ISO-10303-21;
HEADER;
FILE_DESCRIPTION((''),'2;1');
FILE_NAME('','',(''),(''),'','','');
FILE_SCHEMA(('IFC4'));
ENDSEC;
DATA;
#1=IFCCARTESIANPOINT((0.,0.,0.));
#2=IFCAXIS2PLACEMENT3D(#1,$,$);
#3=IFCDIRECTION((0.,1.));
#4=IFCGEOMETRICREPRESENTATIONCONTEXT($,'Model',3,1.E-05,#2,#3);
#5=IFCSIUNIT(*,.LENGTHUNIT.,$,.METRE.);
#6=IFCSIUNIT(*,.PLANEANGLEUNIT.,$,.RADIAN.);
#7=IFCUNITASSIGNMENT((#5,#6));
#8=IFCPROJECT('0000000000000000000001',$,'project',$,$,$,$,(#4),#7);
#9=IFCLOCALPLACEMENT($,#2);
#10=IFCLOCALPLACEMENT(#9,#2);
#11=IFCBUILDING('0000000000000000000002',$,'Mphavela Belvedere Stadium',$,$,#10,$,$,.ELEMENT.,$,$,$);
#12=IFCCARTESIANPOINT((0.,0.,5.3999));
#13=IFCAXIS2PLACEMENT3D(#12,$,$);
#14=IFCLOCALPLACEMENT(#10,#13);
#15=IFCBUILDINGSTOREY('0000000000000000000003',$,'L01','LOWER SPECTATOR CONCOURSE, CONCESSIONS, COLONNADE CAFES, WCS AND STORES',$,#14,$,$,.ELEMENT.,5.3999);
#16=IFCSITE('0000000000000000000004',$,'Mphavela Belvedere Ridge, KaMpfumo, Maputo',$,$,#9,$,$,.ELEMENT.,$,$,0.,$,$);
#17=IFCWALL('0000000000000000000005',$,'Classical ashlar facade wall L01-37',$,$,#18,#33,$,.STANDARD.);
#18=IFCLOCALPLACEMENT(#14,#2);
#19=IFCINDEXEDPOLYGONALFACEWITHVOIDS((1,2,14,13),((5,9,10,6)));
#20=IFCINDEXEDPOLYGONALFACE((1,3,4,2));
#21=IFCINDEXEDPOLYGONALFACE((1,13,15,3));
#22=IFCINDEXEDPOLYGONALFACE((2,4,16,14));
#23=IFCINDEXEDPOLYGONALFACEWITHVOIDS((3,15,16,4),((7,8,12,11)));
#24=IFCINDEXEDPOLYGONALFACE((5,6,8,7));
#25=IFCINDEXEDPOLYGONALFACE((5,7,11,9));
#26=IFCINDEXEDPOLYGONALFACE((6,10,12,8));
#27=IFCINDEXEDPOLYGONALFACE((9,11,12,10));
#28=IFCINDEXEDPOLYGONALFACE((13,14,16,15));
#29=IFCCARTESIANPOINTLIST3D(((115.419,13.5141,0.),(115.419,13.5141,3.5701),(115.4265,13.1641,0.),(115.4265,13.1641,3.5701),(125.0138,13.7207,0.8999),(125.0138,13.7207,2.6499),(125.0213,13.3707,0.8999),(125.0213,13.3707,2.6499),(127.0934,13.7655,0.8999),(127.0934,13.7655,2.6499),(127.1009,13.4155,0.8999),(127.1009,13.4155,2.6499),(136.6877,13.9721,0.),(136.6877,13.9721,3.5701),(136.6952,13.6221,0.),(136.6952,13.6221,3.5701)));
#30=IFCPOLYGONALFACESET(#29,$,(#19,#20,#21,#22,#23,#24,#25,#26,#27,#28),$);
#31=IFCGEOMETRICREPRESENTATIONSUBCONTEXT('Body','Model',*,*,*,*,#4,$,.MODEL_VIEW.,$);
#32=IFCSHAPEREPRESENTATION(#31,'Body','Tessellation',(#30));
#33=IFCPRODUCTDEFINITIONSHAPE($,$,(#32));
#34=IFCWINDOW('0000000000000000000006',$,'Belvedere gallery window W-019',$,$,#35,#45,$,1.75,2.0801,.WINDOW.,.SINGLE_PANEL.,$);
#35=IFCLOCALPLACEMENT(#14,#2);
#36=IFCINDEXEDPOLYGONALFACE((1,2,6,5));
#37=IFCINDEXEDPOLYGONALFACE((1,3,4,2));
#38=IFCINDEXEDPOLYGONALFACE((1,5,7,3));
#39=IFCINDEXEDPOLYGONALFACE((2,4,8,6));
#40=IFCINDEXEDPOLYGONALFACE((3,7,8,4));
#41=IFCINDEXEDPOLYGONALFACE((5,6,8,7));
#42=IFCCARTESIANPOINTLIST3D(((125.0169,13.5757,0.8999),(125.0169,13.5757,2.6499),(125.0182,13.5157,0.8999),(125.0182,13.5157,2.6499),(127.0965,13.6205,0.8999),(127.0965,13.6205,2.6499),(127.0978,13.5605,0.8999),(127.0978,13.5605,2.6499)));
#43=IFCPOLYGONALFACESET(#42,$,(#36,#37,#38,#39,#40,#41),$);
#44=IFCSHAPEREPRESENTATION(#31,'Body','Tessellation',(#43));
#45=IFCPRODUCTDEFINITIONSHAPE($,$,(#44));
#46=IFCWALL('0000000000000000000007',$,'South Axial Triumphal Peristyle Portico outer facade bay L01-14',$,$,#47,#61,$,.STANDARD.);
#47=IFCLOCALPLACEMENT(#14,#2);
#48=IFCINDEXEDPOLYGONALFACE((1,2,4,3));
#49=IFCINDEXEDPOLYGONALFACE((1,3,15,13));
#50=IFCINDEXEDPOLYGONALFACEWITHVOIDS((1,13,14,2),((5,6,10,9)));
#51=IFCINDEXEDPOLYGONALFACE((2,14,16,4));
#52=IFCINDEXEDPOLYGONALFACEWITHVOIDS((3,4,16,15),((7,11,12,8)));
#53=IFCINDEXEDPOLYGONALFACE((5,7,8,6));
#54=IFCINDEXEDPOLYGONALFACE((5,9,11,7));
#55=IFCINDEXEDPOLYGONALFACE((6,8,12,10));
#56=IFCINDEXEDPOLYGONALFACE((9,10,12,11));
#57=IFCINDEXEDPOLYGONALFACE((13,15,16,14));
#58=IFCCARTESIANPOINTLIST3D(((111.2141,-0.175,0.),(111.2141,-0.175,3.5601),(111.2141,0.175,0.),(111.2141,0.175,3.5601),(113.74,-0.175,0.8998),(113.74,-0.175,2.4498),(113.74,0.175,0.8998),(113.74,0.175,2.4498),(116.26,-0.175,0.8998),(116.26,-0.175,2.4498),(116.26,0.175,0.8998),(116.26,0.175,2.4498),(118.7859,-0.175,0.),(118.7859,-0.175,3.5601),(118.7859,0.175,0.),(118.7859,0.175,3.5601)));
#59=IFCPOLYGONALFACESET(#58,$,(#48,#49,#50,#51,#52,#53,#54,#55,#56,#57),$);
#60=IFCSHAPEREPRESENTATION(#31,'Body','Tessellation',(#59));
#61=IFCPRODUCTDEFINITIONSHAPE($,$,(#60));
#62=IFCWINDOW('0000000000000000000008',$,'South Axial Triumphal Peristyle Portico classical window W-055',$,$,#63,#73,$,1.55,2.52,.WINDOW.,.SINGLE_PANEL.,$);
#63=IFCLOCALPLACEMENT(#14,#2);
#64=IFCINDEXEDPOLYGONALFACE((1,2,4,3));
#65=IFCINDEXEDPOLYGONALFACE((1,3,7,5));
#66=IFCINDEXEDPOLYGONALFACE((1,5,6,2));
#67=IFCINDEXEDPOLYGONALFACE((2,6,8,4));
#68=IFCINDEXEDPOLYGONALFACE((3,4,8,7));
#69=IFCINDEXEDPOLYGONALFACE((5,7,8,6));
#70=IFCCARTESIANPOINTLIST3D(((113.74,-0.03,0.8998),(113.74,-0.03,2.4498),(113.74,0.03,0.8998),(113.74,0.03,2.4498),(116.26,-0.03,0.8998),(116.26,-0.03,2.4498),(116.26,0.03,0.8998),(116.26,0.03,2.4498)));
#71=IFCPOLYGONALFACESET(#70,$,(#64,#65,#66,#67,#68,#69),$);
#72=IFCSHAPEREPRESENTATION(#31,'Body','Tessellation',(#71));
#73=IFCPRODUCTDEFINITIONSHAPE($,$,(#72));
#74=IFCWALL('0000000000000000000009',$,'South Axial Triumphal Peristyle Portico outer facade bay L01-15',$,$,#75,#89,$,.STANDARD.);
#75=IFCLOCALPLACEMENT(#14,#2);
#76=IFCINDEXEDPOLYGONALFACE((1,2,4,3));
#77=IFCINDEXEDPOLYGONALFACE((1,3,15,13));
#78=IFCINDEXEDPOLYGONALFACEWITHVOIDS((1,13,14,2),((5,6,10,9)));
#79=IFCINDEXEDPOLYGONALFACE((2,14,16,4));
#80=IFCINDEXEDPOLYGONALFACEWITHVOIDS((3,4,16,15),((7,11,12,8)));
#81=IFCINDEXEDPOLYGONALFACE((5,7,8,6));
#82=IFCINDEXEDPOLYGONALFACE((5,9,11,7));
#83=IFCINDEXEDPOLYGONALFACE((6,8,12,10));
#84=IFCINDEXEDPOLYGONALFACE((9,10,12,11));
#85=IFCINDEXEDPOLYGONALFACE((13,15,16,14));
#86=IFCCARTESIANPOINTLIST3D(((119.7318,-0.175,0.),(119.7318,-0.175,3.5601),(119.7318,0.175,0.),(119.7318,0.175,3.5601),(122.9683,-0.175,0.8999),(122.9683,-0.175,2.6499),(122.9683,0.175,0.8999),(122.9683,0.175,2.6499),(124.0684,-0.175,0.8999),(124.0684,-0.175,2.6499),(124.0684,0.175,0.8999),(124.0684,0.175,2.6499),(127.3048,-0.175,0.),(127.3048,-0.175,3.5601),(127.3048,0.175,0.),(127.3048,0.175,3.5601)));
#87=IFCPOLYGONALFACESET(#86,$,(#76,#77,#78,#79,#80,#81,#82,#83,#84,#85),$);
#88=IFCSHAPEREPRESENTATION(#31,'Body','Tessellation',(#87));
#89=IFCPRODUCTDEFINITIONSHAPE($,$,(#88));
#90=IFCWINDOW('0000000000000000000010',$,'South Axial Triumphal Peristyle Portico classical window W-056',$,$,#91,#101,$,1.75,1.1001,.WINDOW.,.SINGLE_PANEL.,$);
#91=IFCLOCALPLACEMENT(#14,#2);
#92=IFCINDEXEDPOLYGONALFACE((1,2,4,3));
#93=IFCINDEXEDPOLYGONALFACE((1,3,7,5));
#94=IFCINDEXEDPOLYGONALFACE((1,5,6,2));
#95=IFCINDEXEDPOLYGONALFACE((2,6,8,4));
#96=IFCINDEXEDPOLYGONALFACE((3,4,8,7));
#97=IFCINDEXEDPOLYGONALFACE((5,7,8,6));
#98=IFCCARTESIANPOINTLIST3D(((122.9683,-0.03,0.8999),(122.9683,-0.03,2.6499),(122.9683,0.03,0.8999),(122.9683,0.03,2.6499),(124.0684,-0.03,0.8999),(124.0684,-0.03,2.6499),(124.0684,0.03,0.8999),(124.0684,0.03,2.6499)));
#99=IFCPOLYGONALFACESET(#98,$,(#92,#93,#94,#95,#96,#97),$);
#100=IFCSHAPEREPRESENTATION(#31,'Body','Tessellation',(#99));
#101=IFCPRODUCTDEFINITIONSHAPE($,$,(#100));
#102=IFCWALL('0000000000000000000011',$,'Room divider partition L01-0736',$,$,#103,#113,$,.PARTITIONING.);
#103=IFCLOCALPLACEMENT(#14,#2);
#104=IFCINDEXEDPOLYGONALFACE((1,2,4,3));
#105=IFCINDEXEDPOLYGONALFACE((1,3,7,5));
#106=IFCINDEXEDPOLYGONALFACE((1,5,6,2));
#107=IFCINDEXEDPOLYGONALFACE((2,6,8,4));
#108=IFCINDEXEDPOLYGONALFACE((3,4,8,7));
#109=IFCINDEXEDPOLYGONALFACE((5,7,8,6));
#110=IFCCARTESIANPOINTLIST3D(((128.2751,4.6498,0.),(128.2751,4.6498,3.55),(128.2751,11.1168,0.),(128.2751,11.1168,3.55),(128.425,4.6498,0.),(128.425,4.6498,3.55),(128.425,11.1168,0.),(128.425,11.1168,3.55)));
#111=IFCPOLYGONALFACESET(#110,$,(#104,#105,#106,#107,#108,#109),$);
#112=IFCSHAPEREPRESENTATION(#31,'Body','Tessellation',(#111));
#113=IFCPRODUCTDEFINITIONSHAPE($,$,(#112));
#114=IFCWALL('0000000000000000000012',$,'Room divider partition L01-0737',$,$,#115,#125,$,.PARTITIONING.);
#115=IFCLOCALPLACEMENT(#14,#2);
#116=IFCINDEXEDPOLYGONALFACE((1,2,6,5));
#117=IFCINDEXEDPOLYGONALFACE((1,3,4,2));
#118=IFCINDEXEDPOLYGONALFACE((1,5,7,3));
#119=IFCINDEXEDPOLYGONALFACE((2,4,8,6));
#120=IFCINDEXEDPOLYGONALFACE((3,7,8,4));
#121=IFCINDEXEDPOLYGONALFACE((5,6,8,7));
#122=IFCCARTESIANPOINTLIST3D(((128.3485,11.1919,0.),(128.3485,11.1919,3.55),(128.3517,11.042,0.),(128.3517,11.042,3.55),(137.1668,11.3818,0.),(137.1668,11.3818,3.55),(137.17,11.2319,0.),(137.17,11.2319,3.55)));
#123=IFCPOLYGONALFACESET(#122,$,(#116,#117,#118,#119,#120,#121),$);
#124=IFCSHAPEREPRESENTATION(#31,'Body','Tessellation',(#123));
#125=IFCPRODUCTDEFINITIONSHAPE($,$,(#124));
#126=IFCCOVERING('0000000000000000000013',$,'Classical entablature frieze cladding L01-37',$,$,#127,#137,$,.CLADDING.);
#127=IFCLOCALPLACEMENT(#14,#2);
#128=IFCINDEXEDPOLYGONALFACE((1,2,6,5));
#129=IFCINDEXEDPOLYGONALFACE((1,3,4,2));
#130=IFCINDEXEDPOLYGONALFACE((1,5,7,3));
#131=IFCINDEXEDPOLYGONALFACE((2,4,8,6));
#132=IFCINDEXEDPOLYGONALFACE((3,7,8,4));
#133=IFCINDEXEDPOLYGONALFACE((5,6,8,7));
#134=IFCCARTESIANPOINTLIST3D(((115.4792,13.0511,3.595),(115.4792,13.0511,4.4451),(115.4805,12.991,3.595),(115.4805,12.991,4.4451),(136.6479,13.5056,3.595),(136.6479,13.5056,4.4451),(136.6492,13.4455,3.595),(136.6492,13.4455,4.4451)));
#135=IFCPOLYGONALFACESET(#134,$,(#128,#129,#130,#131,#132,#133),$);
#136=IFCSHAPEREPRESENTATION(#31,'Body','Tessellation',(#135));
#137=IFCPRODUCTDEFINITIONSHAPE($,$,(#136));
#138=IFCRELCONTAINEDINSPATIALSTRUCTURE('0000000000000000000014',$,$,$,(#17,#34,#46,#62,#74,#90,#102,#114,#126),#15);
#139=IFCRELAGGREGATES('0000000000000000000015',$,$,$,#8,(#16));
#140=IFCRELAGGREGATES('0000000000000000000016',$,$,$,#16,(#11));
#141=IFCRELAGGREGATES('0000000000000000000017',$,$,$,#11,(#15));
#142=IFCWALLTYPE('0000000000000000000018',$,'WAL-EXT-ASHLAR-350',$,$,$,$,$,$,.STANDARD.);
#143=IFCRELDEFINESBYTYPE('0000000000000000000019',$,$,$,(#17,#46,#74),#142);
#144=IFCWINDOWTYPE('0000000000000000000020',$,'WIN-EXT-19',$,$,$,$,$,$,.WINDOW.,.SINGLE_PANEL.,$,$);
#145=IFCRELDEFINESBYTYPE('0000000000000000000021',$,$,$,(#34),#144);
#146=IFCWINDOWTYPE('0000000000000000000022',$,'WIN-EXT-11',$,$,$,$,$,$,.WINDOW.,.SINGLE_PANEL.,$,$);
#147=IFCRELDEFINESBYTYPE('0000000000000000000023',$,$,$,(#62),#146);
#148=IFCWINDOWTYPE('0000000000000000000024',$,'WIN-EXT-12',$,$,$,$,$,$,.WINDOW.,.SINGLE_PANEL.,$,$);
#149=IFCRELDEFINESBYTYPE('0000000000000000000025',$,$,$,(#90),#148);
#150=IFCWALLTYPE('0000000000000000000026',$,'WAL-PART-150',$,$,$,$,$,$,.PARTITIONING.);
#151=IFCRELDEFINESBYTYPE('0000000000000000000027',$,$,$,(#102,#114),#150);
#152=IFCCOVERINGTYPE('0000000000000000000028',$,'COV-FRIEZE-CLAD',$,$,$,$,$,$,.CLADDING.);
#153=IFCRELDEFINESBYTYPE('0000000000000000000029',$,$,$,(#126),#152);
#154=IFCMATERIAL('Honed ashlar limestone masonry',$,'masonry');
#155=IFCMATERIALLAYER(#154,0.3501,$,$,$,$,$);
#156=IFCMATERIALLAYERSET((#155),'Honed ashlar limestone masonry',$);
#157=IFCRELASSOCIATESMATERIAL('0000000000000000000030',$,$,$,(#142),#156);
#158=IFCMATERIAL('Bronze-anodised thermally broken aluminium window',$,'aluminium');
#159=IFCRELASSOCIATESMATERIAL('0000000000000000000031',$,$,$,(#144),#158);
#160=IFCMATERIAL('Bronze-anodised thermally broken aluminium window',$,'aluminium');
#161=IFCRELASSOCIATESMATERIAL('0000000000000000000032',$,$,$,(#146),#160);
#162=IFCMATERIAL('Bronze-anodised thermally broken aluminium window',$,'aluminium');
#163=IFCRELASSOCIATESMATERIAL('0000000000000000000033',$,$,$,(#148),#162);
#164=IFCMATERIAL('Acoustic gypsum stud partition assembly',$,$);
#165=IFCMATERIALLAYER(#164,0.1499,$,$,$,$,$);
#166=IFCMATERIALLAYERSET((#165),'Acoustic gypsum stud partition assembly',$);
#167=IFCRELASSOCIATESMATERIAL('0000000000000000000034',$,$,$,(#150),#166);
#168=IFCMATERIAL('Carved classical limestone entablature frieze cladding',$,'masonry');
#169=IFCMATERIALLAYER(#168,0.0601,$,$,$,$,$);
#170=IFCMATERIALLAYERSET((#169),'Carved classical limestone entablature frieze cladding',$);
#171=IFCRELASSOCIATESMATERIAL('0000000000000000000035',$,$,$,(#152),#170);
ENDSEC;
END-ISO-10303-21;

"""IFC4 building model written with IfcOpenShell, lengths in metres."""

from ifc_helpers import new_model, si_unit, direction, frame, frame_2d, origin, origin_2d, place, context, subcontext, project, spatial, rectangle, extrude, material, layer, layer_set, type_object, element, fill, save


model = new_model("IFC4")

# Units and contexts
model_context = context("Model", 3, precision=1e-05, world=origin(), true_north=direction((0.0, 1.0)))
body_context = subcontext(model_context, "Body", "Model", "MODEL_VIEW")
ifc_project = project(units=[si_unit("LENGTHUNIT", "METRE"), si_unit("PLANEANGLEUNIT", "RADIAN")], contexts=[model_context])

# Site, building, storey
site_placement = place(None, origin())
site = spatial("IfcSite", under=ifc_project, at=site_placement, Name="Mphavela Belvedere Ridge, KaMpfumo, Maputo", CompositionType="ELEMENT", RefElevation=0.0)
building_placement = place(site_placement, origin())
building = spatial("IfcBuilding", under=site, at=building_placement, Name="Mphavela Belvedere Stadium", CompositionType="ELEMENT")
storey_placement = place(building_placement, frame((0.0, 0.0, 5.3999)))
storey = spatial("IfcBuildingStorey", under=building, at=storey_placement, Name="L01", Description="LOWER SPECTATOR CONCOURSE, CONCESSIONS, COLONNADE CAFES, WCS AND STORES", CompositionType="ELEMENT", Elevation=5.3999)

# Walls, openings, windows
ifc_material_1 = material(Name="Honed ashlar limestone masonry", Category="masonry")
ifc_layer_1 = layer(ifc_material_1, 0.3501)
ifc_layer_set_1 = layer_set([ifc_layer_1], Name="Honed ashlar limestone masonry")
wall_type_1 = type_object("IfcWallType", Name="WAL-EXT-ASHLAR-350", PredefinedType="STANDARD", material=ifc_layer_set_1)
wall_1_placement = place(storey_placement, frame((115.4229, 13.3391, 0.0), z_axis=(0.0, 0.0, 1.0), x_axis=(0.999768, 0.021529, 0.0)))
wall_1 = element("IfcWall", 1, at=wall_1_placement, inside=storey, type_object=wall_type_1, Name="Classical ashlar facade wall L01-37", PredefinedType="STANDARD", context=body_context, shape_type="SweptSolid", body=[
    extrude(rectangle(XDim=21.2737, YDim=0.3501, at=frame_2d((10.6367, 0.0))), origin(), (0.0, 0.0, 1.0), 3.5701),
])
opening_1_placement = place(wall_1_placement, frame((9.5969, 0.0, 0.8999)))
opening_1 = element("IfcOpeningElement", 2, at=opening_1_placement, cuts=wall_1, PredefinedType="OPENING", context=body_context, shape_type="SweptSolid", body=[
    extrude(rectangle(XDim=2.0801, YDim=1.75, at=frame_2d((1.04, 0.875))), frame((0.0, 0.1851, 0.0), z_axis=(0.0, -1.0, 0.0), x_axis=(1.0, 0.0, 0.0)), (0.0, 0.0, 1.0), 0.3701),
])
ifc_material_2 = material(Name="Bronze-anodised thermally broken aluminium window", Category="aluminium")
window_type_1 = type_object("IfcWindowType", Name="WIN-EXT-19", PartitioningType="SINGLE_PANEL", PredefinedType="WINDOW", material=ifc_material_2)
window_1_placement = place(opening_1_placement, origin())
window_1 = element("IfcWindow", 3, at=window_1_placement, inside=storey, type_object=window_type_1, Name="Belvedere gallery window W-019", OverallHeight=1.75, OverallWidth=2.0801, PartitioningType="SINGLE_PANEL", PredefinedType="WINDOW", context=body_context, shape_type="SweptSolid", body=[
    extrude(rectangle(XDim=2.0801, YDim=1.75, at=frame_2d((1.04, 0.875))), frame((0.0, 0.03, 0.0), z_axis=(0.0, -1.0, 0.0), x_axis=(1.0, 0.0, 0.0)), (0.0, 0.0, 1.0), 0.0601),
])
fill(opening_1, window_1)
wall_2_placement = place(storey_placement, frame((118.7859, 0.0, 0.0), z_axis=(0.0, 0.0, 1.0), x_axis=(-1.0, 0.0, 0.0)))
wall_2 = element("IfcWall", 4, at=wall_2_placement, inside=storey, type_object=wall_type_1, Name="South Axial Triumphal Peristyle Portico outer facade bay L01-14", PredefinedType="STANDARD", context=body_context, shape_type="SweptSolid", body=[
    extrude(rectangle(XDim=7.5718, YDim=0.3501, at=frame_2d((3.7859, 0.0))), origin(), (0.0, 0.0, 1.0), 3.5601),
])
opening_2_placement = place(wall_2_placement, frame((2.5259, 0.0, 0.8999)))
opening_2 = element("IfcOpeningElement", 5, at=opening_2_placement, cuts=wall_2, PredefinedType="OPENING", context=body_context, shape_type="SweptSolid", body=[
    extrude(rectangle(XDim=2.52, YDim=1.55, at=frame_2d((1.26, 0.7749))), frame((0.0, 0.1851, 0.0), z_axis=(0.0, -1.0, 0.0), x_axis=(1.0, 0.0, 0.0)), (0.0, 0.0, 1.0), 0.3701),
])
ifc_material_3 = material(Name="Bronze-anodised thermally broken aluminium window", Category="aluminium")
window_type_2 = type_object("IfcWindowType", Name="WIN-EXT-11", PartitioningType="SINGLE_PANEL", PredefinedType="WINDOW", material=ifc_material_3)
window_2_placement = place(opening_2_placement, origin())
window_2 = element("IfcWindow", 6, at=window_2_placement, inside=storey, type_object=window_type_2, Name="South Axial Triumphal Peristyle Portico classical window W-055", OverallHeight=1.55, OverallWidth=2.52, PartitioningType="SINGLE_PANEL", PredefinedType="WINDOW", context=body_context, shape_type="SweptSolid", body=[
    extrude(rectangle(XDim=2.52, YDim=1.55, at=frame_2d((1.26, 0.7749))), frame((0.0, 0.03, 0.0), z_axis=(0.0, -1.0, 0.0), x_axis=(1.0, 0.0, 0.0)), (0.0, 0.0, 1.0), 0.0601),
])
fill(opening_2, window_2)
wall_3_placement = place(storey_placement, frame((127.3049, 0.0, 0.0), z_axis=(0.0, 0.0, 1.0), x_axis=(-1.0, 0.0, 0.0)))
wall_3 = element("IfcWall", 7, at=wall_3_placement, inside=storey, type_object=wall_type_1, Name="South Axial Triumphal Peristyle Portico outer facade bay L01-15", PredefinedType="STANDARD", context=body_context, shape_type="SweptSolid", body=[
    extrude(rectangle(XDim=7.573, YDim=0.3501, at=frame_2d((3.7866, 0.0))), origin(), (0.0, 0.0, 1.0), 3.5601),
])
opening_3_placement = place(wall_3_placement, frame((3.2366, 0.0, 0.8999)))
opening_3 = element("IfcOpeningElement", 8, at=opening_3_placement, cuts=wall_3, PredefinedType="OPENING", context=body_context, shape_type="SweptSolid", body=[
    extrude(rectangle(XDim=1.1001, YDim=1.75, at=frame_2d((0.55, 0.875))), frame((0.0, 0.1851, 0.0), z_axis=(0.0, -1.0, 0.0), x_axis=(1.0, 0.0, 0.0)), (0.0, 0.0, 1.0), 0.3701),
])
ifc_material_4 = material(Name="Bronze-anodised thermally broken aluminium window", Category="aluminium")
window_type_3 = type_object("IfcWindowType", Name="WIN-EXT-12", PartitioningType="SINGLE_PANEL", PredefinedType="WINDOW", material=ifc_material_4)
window_3_placement = place(opening_3_placement, origin())
window_3 = element("IfcWindow", 9, at=window_3_placement, inside=storey, type_object=window_type_3, Name="South Axial Triumphal Peristyle Portico classical window W-056", OverallHeight=1.75, OverallWidth=1.1001, PartitioningType="SINGLE_PANEL", PredefinedType="WINDOW", context=body_context, shape_type="SweptSolid", body=[
    extrude(rectangle(XDim=1.1001, YDim=1.75, at=frame_2d((0.55, 0.875))), frame((0.0, 0.03, 0.0), z_axis=(0.0, -1.0, 0.0), x_axis=(1.0, 0.0, 0.0)), (0.0, 0.0, 1.0), 0.0601),
])
fill(opening_3, window_3)

# Walls
ifc_material_5 = material(Name="Acoustic gypsum stud partition assembly")
ifc_layer_2 = layer(ifc_material_5, 0.1499)
ifc_layer_set_2 = layer_set([ifc_layer_2], Name="Acoustic gypsum stud partition assembly")
wall_type_2 = type_object("IfcWallType", Name="WAL-PART-150", PredefinedType="PARTITIONING", material=ifc_layer_set_2)
wall_4_placement = place(storey_placement, frame((128.3501, 4.6499, 0.0), z_axis=(0.0, 0.0, 1.0), x_axis=(0.0, 1.0, 0.0)))
element("IfcWall", 10, at=wall_4_placement, inside=storey, type_object=wall_type_2, Name="Room divider partition L01-0736", PredefinedType="PARTITIONING", context=body_context, shape_type="SweptSolid", body=[
    extrude(rectangle(XDim=6.467, YDim=0.1499, at=frame_2d((3.2334, 0.0))), origin(), (0.0, 0.0, 1.0), 3.55),
])
wall_5_placement = place(storey_placement, frame((128.3501, 11.1169, 0.0), z_axis=(0.0, 0.0, 1.0), x_axis=(0.999768, 0.021534, 0.0)))
element("IfcWall", 11, at=wall_5_placement, inside=storey, type_object=wall_type_2, Name="Room divider partition L01-0737", PredefinedType="PARTITIONING", context=body_context, shape_type="SweptSolid", body=[
    extrude(rectangle(XDim=8.8203, YDim=0.1499, at=frame_2d((4.4102, 0.0))), origin(), (0.0, 0.0, 1.0), 3.55),
])

# Covering
ifc_material_6 = material(Name="Carved classical limestone entablature frieze cladding", Category="masonry")
ifc_layer_3 = layer(ifc_material_6, 0.0601)
ifc_layer_set_3 = layer_set([ifc_layer_3], Name="Carved classical limestone entablature frieze cladding")
covering_type = type_object("IfcCoveringType", Name="COV-FRIEZE-CLAD", PredefinedType="CLADDING", material=ifc_layer_set_3)
covering_placement = place(storey_placement, frame((126.0642, 13.2483, 3.595), z_axis=(0.0, 0.0, 1.0), x_axis=(0.99977, 0.021466, 0.0)))
element("IfcCovering", 12, at=covering_placement, inside=storey, type_object=covering_type, Name="Classical entablature frieze cladding L01-37", PredefinedType="CLADDING", context=body_context, shape_type="SweptSolid", body=[
    extrude(rectangle(XDim=21.1736, YDim=0.0601, at=origin_2d()), origin(), (0.0, 0.0, 1.0), 0.8501),
])

save(model, "model.ifc")
